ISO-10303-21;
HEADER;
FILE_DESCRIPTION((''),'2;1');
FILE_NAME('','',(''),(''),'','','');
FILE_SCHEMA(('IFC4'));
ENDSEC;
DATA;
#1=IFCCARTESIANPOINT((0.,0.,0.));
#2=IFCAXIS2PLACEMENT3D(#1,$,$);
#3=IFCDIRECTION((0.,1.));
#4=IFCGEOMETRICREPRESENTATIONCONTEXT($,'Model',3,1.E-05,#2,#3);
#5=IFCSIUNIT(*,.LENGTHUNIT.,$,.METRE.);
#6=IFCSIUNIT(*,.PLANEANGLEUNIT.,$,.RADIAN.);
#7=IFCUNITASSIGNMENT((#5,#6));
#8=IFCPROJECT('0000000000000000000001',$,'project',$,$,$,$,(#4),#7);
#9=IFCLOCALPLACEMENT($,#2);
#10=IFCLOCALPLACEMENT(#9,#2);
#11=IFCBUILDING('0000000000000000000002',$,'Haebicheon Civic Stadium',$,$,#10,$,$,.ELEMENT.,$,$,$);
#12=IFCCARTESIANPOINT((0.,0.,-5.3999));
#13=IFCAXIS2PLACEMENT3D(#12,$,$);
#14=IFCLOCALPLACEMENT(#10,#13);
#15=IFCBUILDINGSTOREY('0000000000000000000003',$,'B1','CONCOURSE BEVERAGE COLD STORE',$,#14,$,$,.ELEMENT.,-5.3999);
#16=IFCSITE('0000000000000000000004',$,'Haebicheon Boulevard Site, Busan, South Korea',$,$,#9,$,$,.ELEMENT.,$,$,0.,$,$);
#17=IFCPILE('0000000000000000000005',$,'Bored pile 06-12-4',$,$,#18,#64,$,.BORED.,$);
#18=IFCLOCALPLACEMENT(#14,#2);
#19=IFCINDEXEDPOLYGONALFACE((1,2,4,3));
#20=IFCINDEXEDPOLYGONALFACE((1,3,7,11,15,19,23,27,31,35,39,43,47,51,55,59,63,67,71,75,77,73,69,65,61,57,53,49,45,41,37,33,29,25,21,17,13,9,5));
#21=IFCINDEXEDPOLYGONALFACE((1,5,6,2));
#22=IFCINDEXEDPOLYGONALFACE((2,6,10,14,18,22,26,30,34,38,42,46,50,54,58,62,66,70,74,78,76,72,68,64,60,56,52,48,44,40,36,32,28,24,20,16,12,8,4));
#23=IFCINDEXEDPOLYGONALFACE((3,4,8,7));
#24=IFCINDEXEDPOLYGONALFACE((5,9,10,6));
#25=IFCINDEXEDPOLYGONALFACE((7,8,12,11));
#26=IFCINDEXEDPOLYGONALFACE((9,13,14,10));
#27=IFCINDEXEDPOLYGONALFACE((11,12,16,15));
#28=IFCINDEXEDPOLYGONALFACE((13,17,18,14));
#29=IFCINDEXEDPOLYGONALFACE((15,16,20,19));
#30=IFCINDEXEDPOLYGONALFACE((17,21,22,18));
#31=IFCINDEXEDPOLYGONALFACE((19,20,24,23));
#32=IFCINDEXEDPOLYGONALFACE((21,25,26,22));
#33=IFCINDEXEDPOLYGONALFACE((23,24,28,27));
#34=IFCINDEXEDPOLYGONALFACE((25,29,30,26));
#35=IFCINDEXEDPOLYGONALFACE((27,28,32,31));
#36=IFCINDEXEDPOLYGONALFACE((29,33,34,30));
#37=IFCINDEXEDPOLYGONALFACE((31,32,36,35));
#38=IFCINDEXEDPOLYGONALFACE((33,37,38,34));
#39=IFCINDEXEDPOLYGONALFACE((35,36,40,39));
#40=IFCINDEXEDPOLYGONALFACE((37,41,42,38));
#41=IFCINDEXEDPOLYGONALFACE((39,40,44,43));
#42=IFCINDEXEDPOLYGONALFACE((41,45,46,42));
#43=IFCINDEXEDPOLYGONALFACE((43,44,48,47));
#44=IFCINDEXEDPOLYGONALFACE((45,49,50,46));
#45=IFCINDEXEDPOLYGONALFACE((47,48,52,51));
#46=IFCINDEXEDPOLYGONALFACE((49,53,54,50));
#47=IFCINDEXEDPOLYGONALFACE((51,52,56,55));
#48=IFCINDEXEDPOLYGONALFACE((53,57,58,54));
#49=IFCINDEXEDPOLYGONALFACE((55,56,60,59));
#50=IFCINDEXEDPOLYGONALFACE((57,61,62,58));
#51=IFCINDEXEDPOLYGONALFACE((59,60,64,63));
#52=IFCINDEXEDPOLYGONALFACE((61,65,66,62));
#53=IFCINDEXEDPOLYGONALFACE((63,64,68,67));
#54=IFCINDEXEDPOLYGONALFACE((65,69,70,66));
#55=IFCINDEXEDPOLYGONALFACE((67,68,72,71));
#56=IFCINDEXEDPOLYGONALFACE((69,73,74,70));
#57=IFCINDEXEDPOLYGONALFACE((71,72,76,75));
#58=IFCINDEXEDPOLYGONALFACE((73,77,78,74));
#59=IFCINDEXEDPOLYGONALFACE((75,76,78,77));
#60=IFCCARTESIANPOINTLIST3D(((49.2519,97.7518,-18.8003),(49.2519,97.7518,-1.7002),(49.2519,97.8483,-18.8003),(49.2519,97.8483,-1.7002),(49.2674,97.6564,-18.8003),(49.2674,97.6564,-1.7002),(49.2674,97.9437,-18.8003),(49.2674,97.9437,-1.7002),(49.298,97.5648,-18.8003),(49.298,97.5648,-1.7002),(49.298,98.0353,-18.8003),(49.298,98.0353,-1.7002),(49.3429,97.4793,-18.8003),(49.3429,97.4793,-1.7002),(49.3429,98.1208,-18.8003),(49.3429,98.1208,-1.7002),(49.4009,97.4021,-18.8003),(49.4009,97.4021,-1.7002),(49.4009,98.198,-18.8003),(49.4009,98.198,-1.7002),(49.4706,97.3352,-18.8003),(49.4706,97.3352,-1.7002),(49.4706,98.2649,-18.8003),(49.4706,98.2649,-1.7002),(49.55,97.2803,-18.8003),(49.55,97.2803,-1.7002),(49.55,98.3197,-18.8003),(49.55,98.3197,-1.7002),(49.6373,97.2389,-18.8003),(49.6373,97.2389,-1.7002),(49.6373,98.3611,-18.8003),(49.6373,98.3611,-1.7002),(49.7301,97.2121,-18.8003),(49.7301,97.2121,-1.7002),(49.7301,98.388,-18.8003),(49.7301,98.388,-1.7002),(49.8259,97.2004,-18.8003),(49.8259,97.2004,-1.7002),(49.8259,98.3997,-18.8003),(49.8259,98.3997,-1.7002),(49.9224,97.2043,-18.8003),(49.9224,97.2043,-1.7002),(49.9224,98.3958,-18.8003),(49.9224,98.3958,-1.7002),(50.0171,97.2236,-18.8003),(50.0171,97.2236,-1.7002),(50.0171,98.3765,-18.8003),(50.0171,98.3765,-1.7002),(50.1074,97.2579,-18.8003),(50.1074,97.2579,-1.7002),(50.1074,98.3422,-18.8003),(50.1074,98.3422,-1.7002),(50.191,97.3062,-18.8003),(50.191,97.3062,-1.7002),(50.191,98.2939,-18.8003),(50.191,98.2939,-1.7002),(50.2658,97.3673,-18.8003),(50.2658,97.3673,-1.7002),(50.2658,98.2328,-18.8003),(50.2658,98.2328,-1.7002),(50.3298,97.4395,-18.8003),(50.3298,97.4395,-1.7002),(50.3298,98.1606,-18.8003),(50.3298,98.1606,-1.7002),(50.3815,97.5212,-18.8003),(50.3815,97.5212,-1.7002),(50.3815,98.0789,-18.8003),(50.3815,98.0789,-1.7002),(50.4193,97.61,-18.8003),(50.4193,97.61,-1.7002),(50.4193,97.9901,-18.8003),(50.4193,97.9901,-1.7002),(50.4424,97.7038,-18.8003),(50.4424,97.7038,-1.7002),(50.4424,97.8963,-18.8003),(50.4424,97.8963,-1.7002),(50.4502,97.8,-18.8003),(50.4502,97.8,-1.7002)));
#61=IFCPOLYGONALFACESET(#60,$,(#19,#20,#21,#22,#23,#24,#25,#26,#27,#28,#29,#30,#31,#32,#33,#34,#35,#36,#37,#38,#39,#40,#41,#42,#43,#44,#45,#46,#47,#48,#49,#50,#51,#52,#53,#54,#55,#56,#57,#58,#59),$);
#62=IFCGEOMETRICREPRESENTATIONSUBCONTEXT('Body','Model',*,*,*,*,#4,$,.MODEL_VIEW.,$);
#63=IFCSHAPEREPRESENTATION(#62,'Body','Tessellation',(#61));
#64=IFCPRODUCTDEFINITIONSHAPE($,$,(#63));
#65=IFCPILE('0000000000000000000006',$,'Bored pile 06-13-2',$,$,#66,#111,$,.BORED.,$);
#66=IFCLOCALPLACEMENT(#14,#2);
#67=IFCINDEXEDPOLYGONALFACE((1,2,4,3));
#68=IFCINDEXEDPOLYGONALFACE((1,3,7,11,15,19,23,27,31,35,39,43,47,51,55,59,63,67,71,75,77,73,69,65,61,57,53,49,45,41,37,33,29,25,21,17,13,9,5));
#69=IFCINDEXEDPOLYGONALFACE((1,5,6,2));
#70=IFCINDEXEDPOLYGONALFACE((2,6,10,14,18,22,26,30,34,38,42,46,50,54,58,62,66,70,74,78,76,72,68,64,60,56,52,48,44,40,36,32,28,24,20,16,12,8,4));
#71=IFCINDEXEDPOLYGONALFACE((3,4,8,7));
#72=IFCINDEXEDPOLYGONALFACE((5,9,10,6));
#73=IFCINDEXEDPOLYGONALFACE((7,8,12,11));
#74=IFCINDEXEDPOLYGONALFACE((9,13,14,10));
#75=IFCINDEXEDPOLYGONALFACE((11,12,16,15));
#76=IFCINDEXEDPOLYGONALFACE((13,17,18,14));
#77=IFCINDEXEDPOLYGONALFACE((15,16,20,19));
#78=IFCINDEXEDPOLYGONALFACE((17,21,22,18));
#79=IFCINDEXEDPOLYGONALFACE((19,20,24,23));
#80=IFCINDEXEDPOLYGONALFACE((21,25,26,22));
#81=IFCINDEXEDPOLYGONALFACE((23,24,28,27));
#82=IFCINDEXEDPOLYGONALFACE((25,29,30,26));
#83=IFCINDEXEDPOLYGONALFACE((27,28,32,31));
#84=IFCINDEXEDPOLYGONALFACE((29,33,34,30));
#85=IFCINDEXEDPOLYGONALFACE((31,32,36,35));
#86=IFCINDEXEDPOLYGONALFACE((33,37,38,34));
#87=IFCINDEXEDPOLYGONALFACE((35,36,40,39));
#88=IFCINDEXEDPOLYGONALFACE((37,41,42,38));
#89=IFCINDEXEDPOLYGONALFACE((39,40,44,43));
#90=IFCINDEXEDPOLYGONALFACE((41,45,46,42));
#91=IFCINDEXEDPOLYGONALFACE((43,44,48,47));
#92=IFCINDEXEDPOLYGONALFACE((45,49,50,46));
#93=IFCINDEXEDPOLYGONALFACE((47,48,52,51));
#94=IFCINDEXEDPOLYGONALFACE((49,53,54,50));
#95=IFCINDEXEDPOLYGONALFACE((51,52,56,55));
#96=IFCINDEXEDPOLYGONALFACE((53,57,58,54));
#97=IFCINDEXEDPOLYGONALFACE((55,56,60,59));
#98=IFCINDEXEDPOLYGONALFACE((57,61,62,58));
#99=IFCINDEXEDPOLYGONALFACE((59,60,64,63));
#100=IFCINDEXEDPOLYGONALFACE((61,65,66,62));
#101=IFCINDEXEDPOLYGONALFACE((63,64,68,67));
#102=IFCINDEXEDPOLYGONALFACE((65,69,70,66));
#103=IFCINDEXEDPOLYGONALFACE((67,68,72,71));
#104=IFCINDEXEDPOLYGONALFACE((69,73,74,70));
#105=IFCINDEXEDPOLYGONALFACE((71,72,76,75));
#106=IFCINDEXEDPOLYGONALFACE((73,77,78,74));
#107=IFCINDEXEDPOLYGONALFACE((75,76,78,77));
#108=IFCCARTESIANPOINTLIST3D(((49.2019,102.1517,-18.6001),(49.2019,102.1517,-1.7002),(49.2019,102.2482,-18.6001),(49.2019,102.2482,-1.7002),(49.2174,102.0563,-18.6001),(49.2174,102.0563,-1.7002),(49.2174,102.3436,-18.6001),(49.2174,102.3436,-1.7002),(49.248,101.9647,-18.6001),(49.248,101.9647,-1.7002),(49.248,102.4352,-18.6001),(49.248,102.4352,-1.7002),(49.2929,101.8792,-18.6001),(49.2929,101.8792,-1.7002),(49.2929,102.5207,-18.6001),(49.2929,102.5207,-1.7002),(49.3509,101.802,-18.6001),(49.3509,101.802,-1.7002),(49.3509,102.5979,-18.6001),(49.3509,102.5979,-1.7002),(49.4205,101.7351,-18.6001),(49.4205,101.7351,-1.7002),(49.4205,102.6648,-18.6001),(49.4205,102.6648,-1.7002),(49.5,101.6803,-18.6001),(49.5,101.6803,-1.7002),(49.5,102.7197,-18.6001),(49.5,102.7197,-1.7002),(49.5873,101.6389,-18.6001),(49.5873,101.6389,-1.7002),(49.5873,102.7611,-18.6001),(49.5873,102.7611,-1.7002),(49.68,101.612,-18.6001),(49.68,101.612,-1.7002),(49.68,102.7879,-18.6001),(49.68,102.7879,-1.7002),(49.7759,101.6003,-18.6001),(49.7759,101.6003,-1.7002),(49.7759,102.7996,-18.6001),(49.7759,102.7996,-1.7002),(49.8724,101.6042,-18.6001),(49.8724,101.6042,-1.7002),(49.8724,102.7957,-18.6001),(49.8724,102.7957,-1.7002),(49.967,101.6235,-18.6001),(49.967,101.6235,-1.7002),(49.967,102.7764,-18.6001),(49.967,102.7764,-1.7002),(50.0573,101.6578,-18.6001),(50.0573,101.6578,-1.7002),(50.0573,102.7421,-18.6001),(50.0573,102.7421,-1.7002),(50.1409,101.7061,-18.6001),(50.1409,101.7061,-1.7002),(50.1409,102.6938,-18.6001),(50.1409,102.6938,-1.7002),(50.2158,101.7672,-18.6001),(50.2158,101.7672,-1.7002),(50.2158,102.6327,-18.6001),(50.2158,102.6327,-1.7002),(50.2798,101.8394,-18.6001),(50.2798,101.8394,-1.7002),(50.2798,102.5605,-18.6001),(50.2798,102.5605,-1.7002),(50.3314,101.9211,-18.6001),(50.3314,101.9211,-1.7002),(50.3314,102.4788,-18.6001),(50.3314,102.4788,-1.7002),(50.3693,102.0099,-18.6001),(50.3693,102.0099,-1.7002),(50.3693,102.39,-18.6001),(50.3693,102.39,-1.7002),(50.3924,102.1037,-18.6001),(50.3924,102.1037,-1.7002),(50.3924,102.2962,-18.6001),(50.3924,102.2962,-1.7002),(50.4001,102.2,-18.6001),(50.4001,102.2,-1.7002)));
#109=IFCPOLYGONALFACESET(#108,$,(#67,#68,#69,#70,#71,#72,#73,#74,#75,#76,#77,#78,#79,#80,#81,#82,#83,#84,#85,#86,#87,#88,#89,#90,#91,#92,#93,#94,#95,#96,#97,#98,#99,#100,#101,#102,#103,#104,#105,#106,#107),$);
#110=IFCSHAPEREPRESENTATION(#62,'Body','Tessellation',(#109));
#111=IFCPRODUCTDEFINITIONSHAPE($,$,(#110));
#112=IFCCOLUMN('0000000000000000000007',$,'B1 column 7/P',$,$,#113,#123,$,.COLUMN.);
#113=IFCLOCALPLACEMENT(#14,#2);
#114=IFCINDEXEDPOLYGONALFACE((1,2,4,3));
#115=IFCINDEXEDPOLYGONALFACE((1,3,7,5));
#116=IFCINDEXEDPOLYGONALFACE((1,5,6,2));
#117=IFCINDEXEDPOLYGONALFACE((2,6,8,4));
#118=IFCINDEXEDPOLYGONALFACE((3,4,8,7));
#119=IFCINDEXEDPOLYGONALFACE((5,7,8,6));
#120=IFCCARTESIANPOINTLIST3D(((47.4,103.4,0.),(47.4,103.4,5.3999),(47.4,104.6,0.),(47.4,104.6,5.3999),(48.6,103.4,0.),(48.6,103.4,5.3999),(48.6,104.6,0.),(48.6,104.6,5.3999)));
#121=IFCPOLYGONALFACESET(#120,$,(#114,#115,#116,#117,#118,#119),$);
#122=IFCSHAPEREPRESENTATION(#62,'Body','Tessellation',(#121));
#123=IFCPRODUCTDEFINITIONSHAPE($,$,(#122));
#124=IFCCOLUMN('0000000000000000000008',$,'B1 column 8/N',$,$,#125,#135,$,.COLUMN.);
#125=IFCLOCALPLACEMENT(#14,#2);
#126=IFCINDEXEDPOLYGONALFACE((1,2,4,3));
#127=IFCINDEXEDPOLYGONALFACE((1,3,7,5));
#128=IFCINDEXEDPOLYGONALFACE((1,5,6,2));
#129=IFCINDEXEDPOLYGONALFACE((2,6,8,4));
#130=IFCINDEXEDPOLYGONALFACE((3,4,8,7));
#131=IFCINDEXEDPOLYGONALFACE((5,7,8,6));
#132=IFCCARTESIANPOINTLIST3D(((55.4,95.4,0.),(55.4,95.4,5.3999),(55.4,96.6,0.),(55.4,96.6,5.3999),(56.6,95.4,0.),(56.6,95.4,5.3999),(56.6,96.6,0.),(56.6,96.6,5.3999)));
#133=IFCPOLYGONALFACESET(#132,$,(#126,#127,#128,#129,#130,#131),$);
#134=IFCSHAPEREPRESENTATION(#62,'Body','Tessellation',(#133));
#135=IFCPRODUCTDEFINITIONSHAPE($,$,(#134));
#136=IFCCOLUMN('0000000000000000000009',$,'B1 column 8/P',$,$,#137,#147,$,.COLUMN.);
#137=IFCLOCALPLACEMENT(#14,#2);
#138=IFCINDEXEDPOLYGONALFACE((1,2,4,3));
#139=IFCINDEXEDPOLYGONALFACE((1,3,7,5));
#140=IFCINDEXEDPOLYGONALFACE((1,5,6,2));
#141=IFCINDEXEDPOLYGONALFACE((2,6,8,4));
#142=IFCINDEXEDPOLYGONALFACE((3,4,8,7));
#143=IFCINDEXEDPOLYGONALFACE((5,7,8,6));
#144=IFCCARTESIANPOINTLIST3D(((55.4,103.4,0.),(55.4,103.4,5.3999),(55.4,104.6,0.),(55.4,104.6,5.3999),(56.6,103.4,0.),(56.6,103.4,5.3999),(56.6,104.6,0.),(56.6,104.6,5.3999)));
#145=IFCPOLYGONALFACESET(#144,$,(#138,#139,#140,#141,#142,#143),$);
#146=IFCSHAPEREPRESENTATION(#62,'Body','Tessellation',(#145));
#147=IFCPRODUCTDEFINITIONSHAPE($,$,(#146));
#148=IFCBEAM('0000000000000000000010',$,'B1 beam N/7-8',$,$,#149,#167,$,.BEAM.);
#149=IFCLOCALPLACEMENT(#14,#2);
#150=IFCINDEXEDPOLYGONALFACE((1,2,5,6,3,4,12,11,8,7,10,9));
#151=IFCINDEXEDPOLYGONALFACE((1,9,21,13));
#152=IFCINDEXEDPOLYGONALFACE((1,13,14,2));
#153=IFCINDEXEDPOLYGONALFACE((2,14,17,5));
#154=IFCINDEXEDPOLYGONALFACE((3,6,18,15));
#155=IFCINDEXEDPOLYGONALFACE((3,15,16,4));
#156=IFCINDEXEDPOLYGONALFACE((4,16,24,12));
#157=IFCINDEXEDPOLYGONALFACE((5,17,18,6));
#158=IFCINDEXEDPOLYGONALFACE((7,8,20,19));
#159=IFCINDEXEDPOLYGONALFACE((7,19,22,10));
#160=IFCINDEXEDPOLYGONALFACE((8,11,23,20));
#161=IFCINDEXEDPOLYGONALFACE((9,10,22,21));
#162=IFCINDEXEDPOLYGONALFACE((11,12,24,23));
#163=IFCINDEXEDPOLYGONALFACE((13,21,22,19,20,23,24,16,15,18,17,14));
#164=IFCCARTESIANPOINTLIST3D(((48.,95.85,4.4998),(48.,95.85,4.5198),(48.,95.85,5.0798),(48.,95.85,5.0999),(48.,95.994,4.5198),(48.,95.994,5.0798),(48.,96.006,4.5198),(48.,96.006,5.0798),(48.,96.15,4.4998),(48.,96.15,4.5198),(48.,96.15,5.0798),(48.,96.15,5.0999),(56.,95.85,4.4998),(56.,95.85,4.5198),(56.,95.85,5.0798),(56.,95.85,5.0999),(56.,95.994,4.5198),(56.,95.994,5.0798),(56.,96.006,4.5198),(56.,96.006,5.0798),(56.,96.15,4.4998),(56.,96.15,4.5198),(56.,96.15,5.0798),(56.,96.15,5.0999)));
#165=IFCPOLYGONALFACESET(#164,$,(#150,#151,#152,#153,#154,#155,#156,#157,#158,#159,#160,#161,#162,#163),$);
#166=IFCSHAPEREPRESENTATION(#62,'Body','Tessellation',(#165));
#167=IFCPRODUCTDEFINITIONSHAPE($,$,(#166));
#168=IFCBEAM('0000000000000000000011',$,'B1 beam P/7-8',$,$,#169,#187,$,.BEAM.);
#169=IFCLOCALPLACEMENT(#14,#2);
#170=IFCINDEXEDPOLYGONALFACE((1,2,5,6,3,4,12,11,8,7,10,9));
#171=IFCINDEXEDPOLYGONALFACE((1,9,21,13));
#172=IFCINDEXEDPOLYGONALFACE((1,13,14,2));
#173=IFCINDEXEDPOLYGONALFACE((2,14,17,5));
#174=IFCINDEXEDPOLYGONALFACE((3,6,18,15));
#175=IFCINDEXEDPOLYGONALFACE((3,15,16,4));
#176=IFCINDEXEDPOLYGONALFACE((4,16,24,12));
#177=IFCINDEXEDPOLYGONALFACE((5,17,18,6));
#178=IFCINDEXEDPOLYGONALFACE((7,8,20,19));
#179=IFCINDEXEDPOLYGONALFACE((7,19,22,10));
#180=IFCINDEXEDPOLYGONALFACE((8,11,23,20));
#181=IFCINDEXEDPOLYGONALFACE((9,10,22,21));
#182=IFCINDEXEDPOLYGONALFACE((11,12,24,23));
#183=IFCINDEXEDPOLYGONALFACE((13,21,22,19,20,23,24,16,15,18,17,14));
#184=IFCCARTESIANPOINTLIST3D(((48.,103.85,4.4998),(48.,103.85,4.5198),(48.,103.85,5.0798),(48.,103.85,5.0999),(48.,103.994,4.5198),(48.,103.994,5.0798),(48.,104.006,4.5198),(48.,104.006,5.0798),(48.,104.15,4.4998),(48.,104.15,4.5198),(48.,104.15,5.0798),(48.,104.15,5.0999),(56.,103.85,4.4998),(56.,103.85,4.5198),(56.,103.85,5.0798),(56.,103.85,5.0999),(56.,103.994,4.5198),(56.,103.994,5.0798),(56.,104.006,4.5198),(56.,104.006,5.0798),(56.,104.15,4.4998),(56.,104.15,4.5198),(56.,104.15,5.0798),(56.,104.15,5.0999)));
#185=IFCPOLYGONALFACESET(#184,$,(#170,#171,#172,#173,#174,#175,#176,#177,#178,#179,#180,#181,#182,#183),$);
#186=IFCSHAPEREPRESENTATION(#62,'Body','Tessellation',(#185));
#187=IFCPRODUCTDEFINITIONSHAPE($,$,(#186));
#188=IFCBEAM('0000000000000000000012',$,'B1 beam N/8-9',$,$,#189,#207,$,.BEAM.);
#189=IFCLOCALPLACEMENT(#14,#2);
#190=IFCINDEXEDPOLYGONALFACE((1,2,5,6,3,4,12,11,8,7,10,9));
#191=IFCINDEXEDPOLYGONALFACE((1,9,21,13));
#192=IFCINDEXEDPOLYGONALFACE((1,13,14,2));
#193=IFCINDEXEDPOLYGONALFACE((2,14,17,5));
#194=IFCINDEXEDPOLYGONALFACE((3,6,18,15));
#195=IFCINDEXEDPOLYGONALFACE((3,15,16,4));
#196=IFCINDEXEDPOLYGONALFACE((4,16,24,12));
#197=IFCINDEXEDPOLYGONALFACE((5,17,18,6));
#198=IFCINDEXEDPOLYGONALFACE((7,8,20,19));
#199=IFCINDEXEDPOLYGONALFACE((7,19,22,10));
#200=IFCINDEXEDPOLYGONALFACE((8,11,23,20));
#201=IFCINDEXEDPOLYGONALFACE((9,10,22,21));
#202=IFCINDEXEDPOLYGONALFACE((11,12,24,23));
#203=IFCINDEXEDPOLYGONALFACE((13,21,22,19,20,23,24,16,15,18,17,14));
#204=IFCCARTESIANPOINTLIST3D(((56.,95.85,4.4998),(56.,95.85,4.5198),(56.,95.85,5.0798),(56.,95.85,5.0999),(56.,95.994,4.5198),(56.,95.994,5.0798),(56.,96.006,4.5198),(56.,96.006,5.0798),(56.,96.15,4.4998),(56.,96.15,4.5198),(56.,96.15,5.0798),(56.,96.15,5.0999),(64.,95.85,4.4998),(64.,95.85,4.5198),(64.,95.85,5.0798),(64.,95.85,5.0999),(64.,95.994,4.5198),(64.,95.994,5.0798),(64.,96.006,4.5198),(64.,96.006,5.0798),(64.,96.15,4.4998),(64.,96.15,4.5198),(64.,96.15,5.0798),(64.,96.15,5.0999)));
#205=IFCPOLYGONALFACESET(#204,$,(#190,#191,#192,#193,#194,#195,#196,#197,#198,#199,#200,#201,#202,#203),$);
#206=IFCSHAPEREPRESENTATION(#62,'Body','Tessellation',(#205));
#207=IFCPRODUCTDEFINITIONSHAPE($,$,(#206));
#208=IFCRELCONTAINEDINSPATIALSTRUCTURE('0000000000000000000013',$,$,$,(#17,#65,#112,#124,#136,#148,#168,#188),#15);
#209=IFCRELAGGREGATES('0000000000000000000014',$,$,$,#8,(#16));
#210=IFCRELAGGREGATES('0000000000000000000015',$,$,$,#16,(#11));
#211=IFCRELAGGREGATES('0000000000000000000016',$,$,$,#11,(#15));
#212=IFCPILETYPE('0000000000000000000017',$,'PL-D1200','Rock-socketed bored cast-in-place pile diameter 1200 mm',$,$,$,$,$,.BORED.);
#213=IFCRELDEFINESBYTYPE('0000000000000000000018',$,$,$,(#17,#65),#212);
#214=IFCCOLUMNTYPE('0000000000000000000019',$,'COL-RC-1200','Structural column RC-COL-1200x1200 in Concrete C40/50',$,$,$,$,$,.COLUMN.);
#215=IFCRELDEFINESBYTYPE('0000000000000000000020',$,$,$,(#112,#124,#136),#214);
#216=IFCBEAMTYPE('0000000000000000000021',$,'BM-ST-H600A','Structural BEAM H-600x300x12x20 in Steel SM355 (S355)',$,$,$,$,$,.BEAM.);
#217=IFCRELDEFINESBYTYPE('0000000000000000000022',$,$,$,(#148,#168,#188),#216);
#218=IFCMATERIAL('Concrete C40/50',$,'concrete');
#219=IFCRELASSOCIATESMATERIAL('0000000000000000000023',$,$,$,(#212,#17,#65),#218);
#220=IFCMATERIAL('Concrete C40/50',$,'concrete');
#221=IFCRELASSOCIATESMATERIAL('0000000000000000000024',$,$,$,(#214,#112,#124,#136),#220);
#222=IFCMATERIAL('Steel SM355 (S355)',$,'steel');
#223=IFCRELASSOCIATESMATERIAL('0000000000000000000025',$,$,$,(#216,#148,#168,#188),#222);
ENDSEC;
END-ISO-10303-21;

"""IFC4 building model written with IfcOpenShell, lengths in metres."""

from ifc_helpers import new_model, si_unit, direction, frame, origin, origin_2d, place, context, subcontext, project, spatial, rectangle, circle, i_section, extrude, material, material_profile, profile_set, type_object, element, save


model = new_model("IFC4")

# Units and contexts
model_context = context("Model", 3, precision=1e-05, world=origin(), true_north=direction((0.0, 1.0)))
body_context = subcontext(model_context, "Body", "Model", "MODEL_VIEW")
ifc_project = project(units=[si_unit("LENGTHUNIT", "METRE"), si_unit("PLANEANGLEUNIT", "RADIAN")], contexts=[model_context])

# Site, building, storey
site_placement = place(None, origin())
site = spatial("IfcSite", under=ifc_project, at=site_placement, Name="Haebicheon Boulevard Site, Busan, South Korea", CompositionType="ELEMENT", RefElevation=0.0)
building_placement = place(site_placement, origin())
building = spatial("IfcBuilding", under=site, at=building_placement, Name="Haebicheon Civic Stadium", CompositionType="ELEMENT")
storey_placement = place(building_placement, frame((0.0, 0.0, -5.3999)))
storey = spatial("IfcBuildingStorey", under=building, at=storey_placement, Name="B1", Description="CONCOURSE BEVERAGE COLD STORE", CompositionType="ELEMENT", Elevation=-5.3999)

# Piles
ifc_material_1 = material(Name="Concrete C40/50", Category="concrete")
ifc_material_profile_1 = material_profile(ifc_material_1, circle(Radius=0.6001, at=origin_2d()), Name="PILE-D1200")
ifc_profile_set_1 = profile_set([ifc_material_profile_1], Name="Concrete C40/50")
pile_type_1 = type_object("IfcPileType", Name="PL-D1200", Description="Rock-socketed bored cast-in-place pile diameter 1200 mm", PredefinedType="BORED", material=ifc_profile_set_1)
pile_1_placement = place(storey_placement, frame((49.8501, 97.8, -1.7002), z_axis=(0.0, 0.0, -1.0), x_axis=(1.0, 0.0, 0.0)))
element("IfcPile", 1, at=pile_1_placement, inside=storey, type_object=pile_type_1, material=ifc_profile_set_1, Name="Bored pile 06-12-4", PredefinedType="BORED", context=body_context, shape_type="SweptSolid", body=[
    extrude(circle(Radius=0.6001, at=origin_2d()), origin(), (0.0, 0.0, 1.0), 17.1001),
])
pile_2_placement = place(storey_placement, frame((49.8, 102.2, -1.7002), z_axis=(0.0, 0.0, -1.0), x_axis=(1.0, 0.0, 0.0)))
element("IfcPile", 2, at=pile_2_placement, inside=storey, type_object=pile_type_1, material=ifc_profile_set_1, Name="Bored pile 06-13-2", PredefinedType="BORED", context=body_context, shape_type="SweptSolid", body=[
    extrude(circle(Radius=0.6001, at=origin_2d()), origin(), (0.0, 0.0, 1.0), 16.8999),
])

# Columns
ifc_material_2 = material(Name="Concrete C40/50", Category="concrete")
ifc_material_profile_2 = material_profile(ifc_material_2, rectangle(XDim=1.2, YDim=1.2, at=origin_2d()), Name="RC-COL-1200x1200")
ifc_profile_set_2 = profile_set([ifc_material_profile_2], Name="Concrete C40/50")
column_type = type_object("IfcColumnType", Name="COL-RC-1200", Description="Structural column RC-COL-1200x1200 in Concrete C40/50", PredefinedType="COLUMN", material=ifc_profile_set_2)
for number, where, z_axis, x_axis, name in (
    (3, (48.0, 104.0, 0.0), (0.0, 0.0, 1.0), (1.0, 0.0, 0.0), "B1 column 7/P"),
    (4, (56.0, 96.0, 0.0), (0.0, 0.0, 1.0), (1.0, 0.0, 0.0), "B1 column 8/N"),
    (5, (56.0, 104.0, 0.0), (0.0, 0.0, 1.0), (1.0, 0.0, 0.0), "B1 column 8/P"),
):
    element("IfcColumn", number, at=place(storey_placement, frame(where, z_axis=z_axis, x_axis=x_axis)), inside=storey, type_object=column_type, material=ifc_profile_set_2, Name=name, PredefinedType="COLUMN", context=body_context, shape_type="SweptSolid", body=[
        extrude(rectangle(XDim=1.2, YDim=1.2, at=origin_2d()), origin(), (0.0, 0.0, 1.0), 5.3999),
    ])

# Beams
ifc_material_3 = material(Name="Steel SM355 (S355)", Category="steel")
ifc_material_profile_3 = material_profile(ifc_material_3, i_section(OverallWidth=0.3, OverallDepth=0.6001, WebThickness=0.012, FlangeThickness=0.02, at=origin_2d()), Name="H-600x300x12x20")
ifc_profile_set_3 = profile_set([ifc_material_profile_3], Name="Steel SM355 (S355)")
beam_type_1 = type_object("IfcBeamType", Name="BM-ST-H600A", Description="Structural BEAM H-600x300x12x20 in Steel SM355 (S355)", PredefinedType="BEAM", material=ifc_profile_set_3)
for number, where, z_axis, x_axis, name in (
    (6, (48.0, 96.0, 4.7998), (1.0, 0.0, 0.0), (0.0, 1.0, 0.0), "B1 beam N/7-8"),
    (7, (48.0, 104.0, 4.7998), (1.0, 0.0, 0.0), (0.0, 1.0, 0.0), "B1 beam P/7-8"),
    (8, (56.0, 96.0, 4.7998), (1.0, 0.0, 0.0), (0.0, 1.0, 0.0), "B1 beam N/8-9"),
):
    element("IfcBeam", number, at=place(storey_placement, frame(where, z_axis=z_axis, x_axis=x_axis)), inside=storey, type_object=beam_type_1, material=ifc_profile_set_3, Name=name, PredefinedType="BEAM", context=body_context, shape_type="SweptSolid", body=[
        extrude(i_section(OverallWidth=0.3, OverallDepth=0.6001, WebThickness=0.012, FlangeThickness=0.02, at=origin_2d()), origin(), (0.0, 0.0, 1.0), 8.0),
    ])

save(model, "model.ifc")
